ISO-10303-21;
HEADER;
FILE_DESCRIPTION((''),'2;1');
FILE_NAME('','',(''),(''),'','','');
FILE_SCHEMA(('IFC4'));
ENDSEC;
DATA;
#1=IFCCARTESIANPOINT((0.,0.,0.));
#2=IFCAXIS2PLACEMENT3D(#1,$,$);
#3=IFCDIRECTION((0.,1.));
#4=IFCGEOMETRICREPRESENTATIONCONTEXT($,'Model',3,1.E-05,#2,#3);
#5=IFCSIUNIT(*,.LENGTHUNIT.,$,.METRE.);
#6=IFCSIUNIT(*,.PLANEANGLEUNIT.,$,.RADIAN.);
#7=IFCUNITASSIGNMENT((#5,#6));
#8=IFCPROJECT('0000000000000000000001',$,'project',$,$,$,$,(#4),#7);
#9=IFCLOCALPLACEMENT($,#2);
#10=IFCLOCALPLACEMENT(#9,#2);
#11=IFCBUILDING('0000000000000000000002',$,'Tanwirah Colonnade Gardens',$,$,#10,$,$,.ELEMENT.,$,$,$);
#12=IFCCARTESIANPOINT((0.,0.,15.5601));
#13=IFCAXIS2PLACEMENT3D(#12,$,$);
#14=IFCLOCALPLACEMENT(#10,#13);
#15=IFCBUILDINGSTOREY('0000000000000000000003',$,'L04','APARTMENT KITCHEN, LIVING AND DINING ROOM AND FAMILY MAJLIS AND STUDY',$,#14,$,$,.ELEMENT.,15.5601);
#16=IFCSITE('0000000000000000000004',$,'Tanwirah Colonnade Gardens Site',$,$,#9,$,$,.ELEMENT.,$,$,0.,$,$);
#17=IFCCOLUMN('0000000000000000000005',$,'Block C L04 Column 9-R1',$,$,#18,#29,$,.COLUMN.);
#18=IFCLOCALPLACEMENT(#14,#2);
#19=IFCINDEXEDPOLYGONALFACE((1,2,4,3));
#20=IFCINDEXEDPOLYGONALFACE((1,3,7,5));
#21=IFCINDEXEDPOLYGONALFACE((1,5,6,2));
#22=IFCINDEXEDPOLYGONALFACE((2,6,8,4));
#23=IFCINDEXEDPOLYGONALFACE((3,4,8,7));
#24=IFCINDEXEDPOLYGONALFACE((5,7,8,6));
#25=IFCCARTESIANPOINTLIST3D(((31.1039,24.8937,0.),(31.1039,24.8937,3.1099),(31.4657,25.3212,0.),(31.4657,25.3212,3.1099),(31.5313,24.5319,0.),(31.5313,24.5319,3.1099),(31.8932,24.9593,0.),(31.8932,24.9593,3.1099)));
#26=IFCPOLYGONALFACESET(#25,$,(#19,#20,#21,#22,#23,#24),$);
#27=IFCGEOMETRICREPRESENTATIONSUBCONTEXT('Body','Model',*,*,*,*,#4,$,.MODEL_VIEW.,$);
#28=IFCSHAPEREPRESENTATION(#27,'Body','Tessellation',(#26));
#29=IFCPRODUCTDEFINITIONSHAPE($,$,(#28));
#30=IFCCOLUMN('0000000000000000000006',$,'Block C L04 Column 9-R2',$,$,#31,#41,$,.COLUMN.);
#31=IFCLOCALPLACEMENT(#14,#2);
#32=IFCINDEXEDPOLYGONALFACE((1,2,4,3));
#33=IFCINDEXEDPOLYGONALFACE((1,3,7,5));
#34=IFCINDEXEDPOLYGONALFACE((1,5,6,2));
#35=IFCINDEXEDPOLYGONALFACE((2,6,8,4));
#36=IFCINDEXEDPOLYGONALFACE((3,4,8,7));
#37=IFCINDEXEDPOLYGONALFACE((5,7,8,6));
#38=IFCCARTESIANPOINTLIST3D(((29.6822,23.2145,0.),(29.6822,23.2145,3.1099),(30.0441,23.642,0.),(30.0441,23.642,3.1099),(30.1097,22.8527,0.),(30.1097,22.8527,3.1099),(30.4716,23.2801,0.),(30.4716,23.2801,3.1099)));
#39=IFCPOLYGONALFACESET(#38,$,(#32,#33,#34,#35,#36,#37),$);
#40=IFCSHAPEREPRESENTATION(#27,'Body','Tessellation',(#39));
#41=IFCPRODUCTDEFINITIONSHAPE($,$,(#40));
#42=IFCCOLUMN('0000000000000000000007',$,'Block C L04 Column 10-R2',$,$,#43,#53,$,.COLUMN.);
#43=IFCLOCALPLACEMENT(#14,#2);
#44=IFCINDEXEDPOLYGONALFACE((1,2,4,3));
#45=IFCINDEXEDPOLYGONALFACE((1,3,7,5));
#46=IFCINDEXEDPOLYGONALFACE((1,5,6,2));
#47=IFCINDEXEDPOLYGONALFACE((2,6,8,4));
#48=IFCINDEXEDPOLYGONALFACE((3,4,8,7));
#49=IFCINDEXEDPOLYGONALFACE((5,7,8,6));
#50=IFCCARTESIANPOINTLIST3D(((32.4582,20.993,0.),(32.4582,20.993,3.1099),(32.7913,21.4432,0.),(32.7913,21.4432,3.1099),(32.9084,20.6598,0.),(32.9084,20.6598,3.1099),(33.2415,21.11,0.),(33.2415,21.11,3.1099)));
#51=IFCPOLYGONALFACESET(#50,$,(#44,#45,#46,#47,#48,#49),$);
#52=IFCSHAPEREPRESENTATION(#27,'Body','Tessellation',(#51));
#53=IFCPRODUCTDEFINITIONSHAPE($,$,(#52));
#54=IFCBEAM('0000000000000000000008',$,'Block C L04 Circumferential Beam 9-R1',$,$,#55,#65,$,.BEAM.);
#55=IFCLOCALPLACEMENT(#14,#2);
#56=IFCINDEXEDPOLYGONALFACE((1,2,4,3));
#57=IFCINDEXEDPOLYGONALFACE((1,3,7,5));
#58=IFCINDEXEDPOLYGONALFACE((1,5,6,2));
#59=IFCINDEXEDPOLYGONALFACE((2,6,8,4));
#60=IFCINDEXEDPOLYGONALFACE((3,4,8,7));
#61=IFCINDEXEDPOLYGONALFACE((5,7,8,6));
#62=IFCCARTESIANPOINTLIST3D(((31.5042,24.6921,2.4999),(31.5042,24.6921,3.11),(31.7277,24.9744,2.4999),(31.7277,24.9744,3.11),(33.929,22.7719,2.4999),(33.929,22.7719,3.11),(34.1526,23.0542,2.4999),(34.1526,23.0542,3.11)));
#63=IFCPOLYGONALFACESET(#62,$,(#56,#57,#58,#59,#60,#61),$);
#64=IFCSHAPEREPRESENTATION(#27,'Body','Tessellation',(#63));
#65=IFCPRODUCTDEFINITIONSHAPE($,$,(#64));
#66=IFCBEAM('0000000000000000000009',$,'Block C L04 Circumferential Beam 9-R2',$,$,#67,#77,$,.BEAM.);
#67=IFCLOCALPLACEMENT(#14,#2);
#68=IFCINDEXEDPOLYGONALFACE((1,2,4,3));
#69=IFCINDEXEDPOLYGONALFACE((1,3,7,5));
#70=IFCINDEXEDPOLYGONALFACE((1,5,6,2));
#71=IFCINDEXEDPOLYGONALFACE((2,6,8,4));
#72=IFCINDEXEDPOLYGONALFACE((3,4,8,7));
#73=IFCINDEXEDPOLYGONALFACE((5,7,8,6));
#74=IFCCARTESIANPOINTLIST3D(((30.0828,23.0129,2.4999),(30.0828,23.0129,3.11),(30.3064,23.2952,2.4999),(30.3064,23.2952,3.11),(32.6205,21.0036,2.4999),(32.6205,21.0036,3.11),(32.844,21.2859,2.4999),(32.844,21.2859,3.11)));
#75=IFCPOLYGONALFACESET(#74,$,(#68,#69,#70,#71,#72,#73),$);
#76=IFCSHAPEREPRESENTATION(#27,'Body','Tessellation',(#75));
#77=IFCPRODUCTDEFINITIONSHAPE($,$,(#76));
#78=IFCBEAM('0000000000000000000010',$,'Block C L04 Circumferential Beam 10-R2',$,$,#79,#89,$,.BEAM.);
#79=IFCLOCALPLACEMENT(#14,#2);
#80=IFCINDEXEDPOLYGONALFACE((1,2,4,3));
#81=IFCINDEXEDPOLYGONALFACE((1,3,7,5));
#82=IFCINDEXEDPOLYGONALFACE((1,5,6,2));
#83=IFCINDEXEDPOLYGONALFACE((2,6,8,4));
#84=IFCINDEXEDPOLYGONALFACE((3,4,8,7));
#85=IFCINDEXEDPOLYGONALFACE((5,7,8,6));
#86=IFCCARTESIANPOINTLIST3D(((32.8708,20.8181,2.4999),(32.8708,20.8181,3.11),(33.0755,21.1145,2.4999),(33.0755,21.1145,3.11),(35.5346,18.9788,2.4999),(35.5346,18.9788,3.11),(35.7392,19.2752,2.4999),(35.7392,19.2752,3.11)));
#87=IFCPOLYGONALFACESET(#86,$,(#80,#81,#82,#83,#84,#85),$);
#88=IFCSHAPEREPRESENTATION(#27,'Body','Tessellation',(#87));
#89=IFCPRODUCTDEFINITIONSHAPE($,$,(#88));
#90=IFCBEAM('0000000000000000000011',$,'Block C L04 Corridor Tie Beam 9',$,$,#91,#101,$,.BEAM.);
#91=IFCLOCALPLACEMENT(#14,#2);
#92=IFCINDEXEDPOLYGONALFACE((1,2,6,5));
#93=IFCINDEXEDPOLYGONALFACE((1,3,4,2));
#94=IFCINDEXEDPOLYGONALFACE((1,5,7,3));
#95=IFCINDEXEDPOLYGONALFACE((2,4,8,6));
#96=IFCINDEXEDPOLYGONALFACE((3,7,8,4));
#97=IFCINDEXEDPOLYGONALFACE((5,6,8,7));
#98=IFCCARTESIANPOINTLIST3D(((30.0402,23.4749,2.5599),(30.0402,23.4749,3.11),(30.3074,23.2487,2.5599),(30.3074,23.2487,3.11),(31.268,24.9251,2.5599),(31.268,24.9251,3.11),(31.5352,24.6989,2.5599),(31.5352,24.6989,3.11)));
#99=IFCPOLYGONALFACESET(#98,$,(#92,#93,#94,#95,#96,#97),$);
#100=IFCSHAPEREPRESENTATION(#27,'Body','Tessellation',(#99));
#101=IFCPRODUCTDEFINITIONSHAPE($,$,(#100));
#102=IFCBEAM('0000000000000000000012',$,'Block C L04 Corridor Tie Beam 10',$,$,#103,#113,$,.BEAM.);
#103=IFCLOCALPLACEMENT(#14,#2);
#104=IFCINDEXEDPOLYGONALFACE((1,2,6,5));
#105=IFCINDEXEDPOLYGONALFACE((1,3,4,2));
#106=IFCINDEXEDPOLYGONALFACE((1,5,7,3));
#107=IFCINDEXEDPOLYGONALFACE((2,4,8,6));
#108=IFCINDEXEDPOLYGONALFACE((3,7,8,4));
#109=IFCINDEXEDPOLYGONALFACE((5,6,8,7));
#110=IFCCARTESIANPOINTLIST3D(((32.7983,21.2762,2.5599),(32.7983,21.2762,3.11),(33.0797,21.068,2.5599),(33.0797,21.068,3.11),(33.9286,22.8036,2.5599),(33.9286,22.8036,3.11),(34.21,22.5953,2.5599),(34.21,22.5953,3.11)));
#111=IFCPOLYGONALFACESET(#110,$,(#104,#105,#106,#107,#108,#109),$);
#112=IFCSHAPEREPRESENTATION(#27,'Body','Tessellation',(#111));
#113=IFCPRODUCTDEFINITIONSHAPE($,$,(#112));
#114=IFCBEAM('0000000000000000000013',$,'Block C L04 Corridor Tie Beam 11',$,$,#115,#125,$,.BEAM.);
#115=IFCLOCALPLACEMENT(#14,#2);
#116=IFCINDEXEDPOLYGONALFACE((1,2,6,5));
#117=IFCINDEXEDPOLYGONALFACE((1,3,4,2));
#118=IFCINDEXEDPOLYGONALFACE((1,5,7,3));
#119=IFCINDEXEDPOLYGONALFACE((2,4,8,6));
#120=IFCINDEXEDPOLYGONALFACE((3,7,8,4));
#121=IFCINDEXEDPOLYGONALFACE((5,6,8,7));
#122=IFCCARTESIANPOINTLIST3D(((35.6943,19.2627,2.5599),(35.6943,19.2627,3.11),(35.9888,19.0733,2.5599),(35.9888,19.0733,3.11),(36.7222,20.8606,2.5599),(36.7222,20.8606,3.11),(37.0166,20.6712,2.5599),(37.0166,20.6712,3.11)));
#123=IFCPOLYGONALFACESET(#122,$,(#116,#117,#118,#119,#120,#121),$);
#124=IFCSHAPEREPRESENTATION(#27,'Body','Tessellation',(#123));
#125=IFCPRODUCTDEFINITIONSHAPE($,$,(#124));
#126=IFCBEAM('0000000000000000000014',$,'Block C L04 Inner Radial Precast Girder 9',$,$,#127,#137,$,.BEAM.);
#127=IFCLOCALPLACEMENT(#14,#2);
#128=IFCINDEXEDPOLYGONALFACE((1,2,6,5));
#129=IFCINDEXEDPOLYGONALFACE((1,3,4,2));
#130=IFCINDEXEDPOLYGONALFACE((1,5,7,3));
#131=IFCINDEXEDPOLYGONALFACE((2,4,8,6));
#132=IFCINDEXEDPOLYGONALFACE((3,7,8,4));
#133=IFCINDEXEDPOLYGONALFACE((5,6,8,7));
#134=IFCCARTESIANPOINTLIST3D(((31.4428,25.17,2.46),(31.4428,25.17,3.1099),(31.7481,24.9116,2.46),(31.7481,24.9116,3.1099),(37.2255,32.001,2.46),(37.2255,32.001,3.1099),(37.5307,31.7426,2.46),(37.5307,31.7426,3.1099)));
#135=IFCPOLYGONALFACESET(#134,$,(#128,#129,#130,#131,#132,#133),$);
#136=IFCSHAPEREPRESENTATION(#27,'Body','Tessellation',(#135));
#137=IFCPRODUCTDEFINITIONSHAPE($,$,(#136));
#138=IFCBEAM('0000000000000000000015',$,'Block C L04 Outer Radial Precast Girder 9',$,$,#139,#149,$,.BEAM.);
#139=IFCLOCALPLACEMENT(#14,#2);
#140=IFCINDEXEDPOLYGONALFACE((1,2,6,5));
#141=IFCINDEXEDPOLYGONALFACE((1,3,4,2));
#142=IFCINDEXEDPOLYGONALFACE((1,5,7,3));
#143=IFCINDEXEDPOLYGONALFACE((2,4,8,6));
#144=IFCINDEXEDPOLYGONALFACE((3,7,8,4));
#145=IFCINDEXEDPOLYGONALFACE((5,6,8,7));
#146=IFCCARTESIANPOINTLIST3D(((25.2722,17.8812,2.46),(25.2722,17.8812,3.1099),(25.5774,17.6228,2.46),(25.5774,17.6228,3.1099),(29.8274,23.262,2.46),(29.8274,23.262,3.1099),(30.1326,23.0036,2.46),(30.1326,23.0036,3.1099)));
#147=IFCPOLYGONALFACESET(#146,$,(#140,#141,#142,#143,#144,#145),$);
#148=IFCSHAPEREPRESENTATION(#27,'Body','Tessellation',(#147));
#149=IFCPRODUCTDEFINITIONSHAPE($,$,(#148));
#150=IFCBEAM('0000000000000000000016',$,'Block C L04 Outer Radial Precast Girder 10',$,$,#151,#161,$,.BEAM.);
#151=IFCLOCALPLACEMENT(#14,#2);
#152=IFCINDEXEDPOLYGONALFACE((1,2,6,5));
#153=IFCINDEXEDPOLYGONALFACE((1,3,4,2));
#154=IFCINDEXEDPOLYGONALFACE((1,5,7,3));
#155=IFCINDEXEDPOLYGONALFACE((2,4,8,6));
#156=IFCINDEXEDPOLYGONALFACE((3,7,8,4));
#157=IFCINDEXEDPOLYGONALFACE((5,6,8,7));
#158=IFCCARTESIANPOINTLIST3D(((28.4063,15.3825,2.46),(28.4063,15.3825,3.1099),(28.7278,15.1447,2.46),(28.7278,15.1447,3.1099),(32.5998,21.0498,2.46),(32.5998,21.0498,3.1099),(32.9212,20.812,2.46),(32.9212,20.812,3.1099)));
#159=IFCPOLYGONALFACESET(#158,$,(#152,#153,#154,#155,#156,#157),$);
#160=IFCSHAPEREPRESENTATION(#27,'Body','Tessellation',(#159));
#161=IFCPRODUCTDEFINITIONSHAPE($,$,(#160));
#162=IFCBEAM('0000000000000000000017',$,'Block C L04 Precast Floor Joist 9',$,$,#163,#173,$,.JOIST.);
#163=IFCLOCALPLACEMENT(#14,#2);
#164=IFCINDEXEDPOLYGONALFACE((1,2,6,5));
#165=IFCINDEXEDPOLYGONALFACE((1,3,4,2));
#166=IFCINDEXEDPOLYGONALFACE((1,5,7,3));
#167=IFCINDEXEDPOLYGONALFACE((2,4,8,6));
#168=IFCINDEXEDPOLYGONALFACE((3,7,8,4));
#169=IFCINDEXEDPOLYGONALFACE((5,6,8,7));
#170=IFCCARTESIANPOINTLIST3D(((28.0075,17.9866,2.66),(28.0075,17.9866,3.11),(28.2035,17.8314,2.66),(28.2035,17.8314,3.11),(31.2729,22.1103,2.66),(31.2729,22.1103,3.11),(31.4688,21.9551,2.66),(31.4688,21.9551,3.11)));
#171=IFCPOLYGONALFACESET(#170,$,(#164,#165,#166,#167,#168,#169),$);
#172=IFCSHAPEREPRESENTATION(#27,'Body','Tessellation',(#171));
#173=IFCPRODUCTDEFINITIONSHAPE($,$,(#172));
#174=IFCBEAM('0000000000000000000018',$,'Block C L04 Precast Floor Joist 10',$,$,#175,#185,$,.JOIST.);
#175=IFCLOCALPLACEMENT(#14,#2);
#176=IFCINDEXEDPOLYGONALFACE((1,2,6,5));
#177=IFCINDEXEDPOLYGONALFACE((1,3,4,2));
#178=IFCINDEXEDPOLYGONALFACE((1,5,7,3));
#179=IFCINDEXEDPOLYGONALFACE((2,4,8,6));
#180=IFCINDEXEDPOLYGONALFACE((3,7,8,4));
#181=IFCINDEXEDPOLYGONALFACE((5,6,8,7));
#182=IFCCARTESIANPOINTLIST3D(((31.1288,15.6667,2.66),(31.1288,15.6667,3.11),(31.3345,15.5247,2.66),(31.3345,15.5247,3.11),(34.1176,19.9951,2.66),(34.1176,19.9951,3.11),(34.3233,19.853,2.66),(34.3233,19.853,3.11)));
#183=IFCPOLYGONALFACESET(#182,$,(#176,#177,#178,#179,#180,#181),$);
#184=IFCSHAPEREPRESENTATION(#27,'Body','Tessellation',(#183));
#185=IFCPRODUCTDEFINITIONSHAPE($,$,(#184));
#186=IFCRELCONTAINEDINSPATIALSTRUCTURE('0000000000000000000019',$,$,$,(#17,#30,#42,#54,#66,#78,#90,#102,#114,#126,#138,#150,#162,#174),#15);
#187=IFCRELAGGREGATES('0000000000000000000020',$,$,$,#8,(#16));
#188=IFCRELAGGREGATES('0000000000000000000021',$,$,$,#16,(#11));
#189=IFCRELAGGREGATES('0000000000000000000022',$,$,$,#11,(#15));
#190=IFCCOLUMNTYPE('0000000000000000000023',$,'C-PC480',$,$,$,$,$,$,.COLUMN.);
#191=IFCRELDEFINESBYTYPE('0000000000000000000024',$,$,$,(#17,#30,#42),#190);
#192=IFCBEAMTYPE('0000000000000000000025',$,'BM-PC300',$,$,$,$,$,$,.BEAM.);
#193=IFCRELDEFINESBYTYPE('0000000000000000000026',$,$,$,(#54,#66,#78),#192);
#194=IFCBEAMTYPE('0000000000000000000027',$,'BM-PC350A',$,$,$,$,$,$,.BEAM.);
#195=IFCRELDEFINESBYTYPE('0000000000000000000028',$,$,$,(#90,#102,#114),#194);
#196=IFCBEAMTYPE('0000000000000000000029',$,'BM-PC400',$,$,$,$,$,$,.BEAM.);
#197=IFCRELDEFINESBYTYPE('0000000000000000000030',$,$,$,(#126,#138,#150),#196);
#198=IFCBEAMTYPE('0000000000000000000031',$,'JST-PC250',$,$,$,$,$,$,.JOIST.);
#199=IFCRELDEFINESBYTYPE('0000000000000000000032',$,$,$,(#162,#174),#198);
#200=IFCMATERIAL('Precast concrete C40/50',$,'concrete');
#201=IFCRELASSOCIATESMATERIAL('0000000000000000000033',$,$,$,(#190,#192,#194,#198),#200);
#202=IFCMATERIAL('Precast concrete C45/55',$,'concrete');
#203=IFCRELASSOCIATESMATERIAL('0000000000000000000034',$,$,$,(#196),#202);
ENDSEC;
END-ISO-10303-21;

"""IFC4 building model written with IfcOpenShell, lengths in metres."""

from ifc_helpers import new_model, si_unit, direction, frame, origin, origin_2d, place, context, subcontext, project, spatial, rectangle, extrude, material, material_profile, profile_set, type_object, element, save


model = new_model("IFC4")

# Units and contexts
model_context = context("Model", 3, precision=1e-05, world=origin(), true_north=direction((0.0, 1.0)))
body_context = subcontext(model_context, "Body", "Model", "MODEL_VIEW")
ifc_project = project(units=[si_unit("LENGTHUNIT", "METRE"), si_unit("PLANEANGLEUNIT", "RADIAN")], contexts=[model_context])

# Site, building, storey
site_placement = place(None, origin())
site = spatial("IfcSite", under=ifc_project, at=site_placement, Name="Tanwirah Colonnade Gardens Site", CompositionType="ELEMENT", RefElevation=0.0)
building_placement = place(site_placement, origin())
building = spatial("IfcBuilding", under=site, at=building_placement, Name="Tanwirah Colonnade Gardens", CompositionType="ELEMENT")
storey_placement = place(building_placement, frame((0.0, 0.0, 15.5601)))
storey = spatial("IfcBuildingStorey", under=building, at=storey_placement, Name="L04", Description="APARTMENT KITCHEN, LIVING AND DINING ROOM AND FAMILY MAJLIS AND STUDY", CompositionType="ELEMENT", Elevation=15.5601)

# Columns
ifc_material_1 = material(Name="Precast concrete C40/50", Category="concrete")
ifc_material_profile_1 = material_profile(ifc_material_1, rectangle(XDim=0.5601, YDim=0.5601, at=origin_2d()), Name="PC-COL 560x560")
ifc_profile_set_1 = profile_set([ifc_material_profile_1], Name="Precast concrete C40/50")
column_type = type_object("IfcColumnType", Name="C-PC480", PredefinedType="COLUMN", material=ifc_profile_set_1)
for number, where, z_axis, x_axis, name in (
    (1, (31.4985, 24.9265, 0.0), (0.0, 0.0, 1.0), (-0.646124, -0.763232, 0.0), "Block C L04 Column 9-R1"),
    (2, (30.0769, 23.2473, 0.0), (0.0, 0.0, 1.0), (-0.646124, -0.763232, 0.0), "Block C L04 Column 9-R2"),
    (3, (32.8499, 21.0515, 0.0), (0.0, 0.0, 1.0), (-0.594823, -0.803857, 0.0), "Block C L04 Column 10-R2"),
):
    element("IfcColumn", number, at=place(storey_placement, frame(where, z_axis=z_axis, x_axis=x_axis)), inside=storey, type_object=column_type, Name=name, PredefinedType="COLUMN", context=body_context, shape_type="SweptSolid", body=[
        extrude(rectangle(XDim=0.5601, YDim=0.5601, at=origin_2d()), origin(), (0.0, 0.0, 1.0), 3.1099),
    ])

# Beams
ifc_material_profile_2 = material_profile(ifc_material_1, rectangle(XDim=0.3601, YDim=0.6101, at=origin_2d()), Name="PC-BM 360x610")
ifc_profile_set_2 = profile_set([ifc_material_profile_2], Name="Precast concrete C40/50")
beam_type_1 = type_object("IfcBeamType", Name="BM-PC300", PredefinedType="BEAM", material=ifc_profile_set_2)
beam_1_placement = place(storey_placement, frame((31.616, 24.8333, 2.8049), z_axis=(0.783963, -0.620808, 0.0), x_axis=(0.620808, 0.783963, 0.0)))
element("IfcBeam", 4, at=beam_1_placement, inside=storey, type_object=beam_type_1, Name="Block C L04 Circumferential Beam 9-R1", PredefinedType="BEAM", context=body_context, shape_type="SweptSolid", body=[
    extrude(rectangle(XDim=0.3601, YDim=0.6101, at=origin_2d()), origin(), (0.0, 0.0, 1.0), 3.093),
])
beam_2_placement = place(storey_placement, frame((30.1946, 23.1541, 2.8049), z_axis=(0.783994, -0.620769, 0.0), x_axis=(0.620769, 0.783994, 0.0)))
element("IfcBeam", 5, at=beam_2_placement, inside=storey, type_object=beam_type_1, Name="Block C L04 Circumferential Beam 9-R2", PredefinedType="BEAM", context=body_context, shape_type="SweptSolid", body=[
    extrude(rectangle(XDim=0.3601, YDim=0.6101, at=origin_2d()), origin(), (0.0, 0.0, 1.0), 3.2368),
])
beam_3_placement = place(storey_placement, frame((32.9731, 20.9663, 2.8049), z_axis=(0.822889, -0.568202, 0.0), x_axis=(0.568202, 0.822889, 0.0)))
element("IfcBeam", 6, at=beam_3_placement, inside=storey, type_object=beam_type_1, Name="Block C L04 Circumferential Beam 10-R2", PredefinedType="BEAM", context=body_context, shape_type="SweptSolid", body=[
    extrude(rectangle(XDim=0.3601, YDim=0.6101, at=origin_2d()), origin(), (0.0, 0.0, 1.0), 3.2371),
])
ifc_material_profile_3 = material_profile(ifc_material_1, rectangle(XDim=0.3501, YDim=0.55, at=origin_2d()), Name="PC-BM 350x550")
ifc_profile_set_3 = profile_set([ifc_material_profile_3], Name="Precast concrete C40/50")
beam_type_2 = type_object("IfcBeamType", Name="BM-PC350A", PredefinedType="BEAM", material=ifc_profile_set_3)
for number, where, z_axis, x_axis, name in (
    (7, (31.4016, 24.812, 2.835), (-0.646155, -0.763206, 0.0), (0.763206, -0.646155, 0.0), "Block C L04 Corridor Tie Beam 9"),
    (8, (34.0693, 22.6995, 2.835), (-0.594889, -0.803807, 0.0), (0.803807, -0.594889, 0.0), "Block C L04 Corridor Tie Beam 10"),
):
    element("IfcBeam", number, at=place(storey_placement, frame(where, z_axis=z_axis, x_axis=x_axis)), inside=storey, type_object=beam_type_2, Name=name, PredefinedType="BEAM", context=body_context, shape_type="SweptSolid", body=[
        extrude(rectangle(XDim=0.3501, YDim=0.55, at=origin_2d()), origin(), (0.0, 0.0, 1.0), 1.9001),
    ])
beam_4_placement = place(storey_placement, frame((36.8694, 20.7659, 2.835), z_axis=(-0.540985, -0.841032, 0.0), x_axis=(0.841032, -0.540985, 0.0)))
element("IfcBeam", 9, at=beam_4_placement, inside=storey, type_object=beam_type_2, Name="Block C L04 Corridor Tie Beam 11", PredefinedType="BEAM", context=body_context, shape_type="SweptSolid", body=[
    extrude(rectangle(XDim=0.3501, YDim=0.55, at=origin_2d()), origin(), (0.0, 0.0, 1.0), 1.8999),
])
ifc_material_2 = material(Name="Precast concrete C45/55", Category="concrete")
ifc_material_profile_4 = material_profile(ifc_material_2, rectangle(XDim=0.3999, YDim=0.6499, at=origin_2d()), Name="PC-BM 400x650")
ifc_profile_set_4 = profile_set([ifc_material_profile_4], Name="Precast concrete C45/55")
beam_type_3 = type_object("IfcBeamType", Name="BM-PC400", PredefinedType="BEAM", material=ifc_profile_set_4)
beam_5_placement = place(storey_placement, frame((31.5955, 25.0408, 2.7849), z_axis=(0.646111, 0.763243, 0.0), x_axis=(-0.763243, 0.646111, 0.0)))
element("IfcBeam", 10, at=beam_5_placement, inside=storey, type_object=beam_type_3, Name="Block C L04 Inner Radial Precast Girder 9", PredefinedType="BEAM", context=body_context, shape_type="SweptSolid", body=[
    extrude(rectangle(XDim=0.3999, YDim=0.6499, at=origin_2d()), origin(), (0.0, 0.0, 1.0), 8.95),
])
for number, where, z_axis, x_axis, name in (
    (11, (29.98, 23.1328, 2.7849), (-0.646119, -0.763237, 0.0), (0.763237, -0.646119, 0.0), "Block C L04 Outer Radial Precast Girder 9"),
    (12, (32.7605, 20.9309, 2.7849), (-0.594807, -0.803869, 0.0), (0.803869, -0.594807, 0.0), "Block C L04 Outer Radial Precast Girder 10"),
):
    element("IfcBeam", number, at=place(storey_placement, frame(where, z_axis=z_axis, x_axis=x_axis)), inside=storey, type_object=beam_type_3, Name=name, PredefinedType="BEAM", context=body_context, shape_type="SweptSolid", body=[
        extrude(rectangle(XDim=0.3999, YDim=0.6499, at=origin_2d()), origin(), (0.0, 0.0, 1.0), 7.05),
    ])
ifc_material_profile_5 = material_profile(ifc_material_1, rectangle(XDim=0.25, YDim=0.45, at=origin_2d()), Name="PC-JST 250x450")
ifc_profile_set_5 = profile_set([ifc_material_profile_5], Name="Precast concrete C40/50")
beam_type_4 = type_object("IfcBeamType", Name="JST-PC250", PredefinedType="JOIST", material=ifc_profile_set_5)
for number, where, z_axis, x_axis, name in (
    (13, (31.3708, 22.0327, 2.885), (-0.620787, -0.783979, 0.0), (0.783979, -0.620787, 0.0), "Block C L04 Precast Floor Joist 9"),
    (14, (34.2205, 19.9241, 2.885), (-0.568208, -0.822885, 0.0), (0.822885, -0.568208, 0.0), "Block C L04 Precast Floor Joist 10"),
):
    element("IfcBeam", number, at=place(storey_placement, frame(where, z_axis=z_axis, x_axis=x_axis)), inside=storey, type_object=beam_type_4, Name=name, PredefinedType="JOIST", context=body_context, shape_type="SweptSolid", body=[
        extrude(rectangle(XDim=0.25, YDim=0.45, at=origin_2d()), origin(), (0.0, 0.0, 1.0), 5.26),
    ])

save(model, "model.ifc")
